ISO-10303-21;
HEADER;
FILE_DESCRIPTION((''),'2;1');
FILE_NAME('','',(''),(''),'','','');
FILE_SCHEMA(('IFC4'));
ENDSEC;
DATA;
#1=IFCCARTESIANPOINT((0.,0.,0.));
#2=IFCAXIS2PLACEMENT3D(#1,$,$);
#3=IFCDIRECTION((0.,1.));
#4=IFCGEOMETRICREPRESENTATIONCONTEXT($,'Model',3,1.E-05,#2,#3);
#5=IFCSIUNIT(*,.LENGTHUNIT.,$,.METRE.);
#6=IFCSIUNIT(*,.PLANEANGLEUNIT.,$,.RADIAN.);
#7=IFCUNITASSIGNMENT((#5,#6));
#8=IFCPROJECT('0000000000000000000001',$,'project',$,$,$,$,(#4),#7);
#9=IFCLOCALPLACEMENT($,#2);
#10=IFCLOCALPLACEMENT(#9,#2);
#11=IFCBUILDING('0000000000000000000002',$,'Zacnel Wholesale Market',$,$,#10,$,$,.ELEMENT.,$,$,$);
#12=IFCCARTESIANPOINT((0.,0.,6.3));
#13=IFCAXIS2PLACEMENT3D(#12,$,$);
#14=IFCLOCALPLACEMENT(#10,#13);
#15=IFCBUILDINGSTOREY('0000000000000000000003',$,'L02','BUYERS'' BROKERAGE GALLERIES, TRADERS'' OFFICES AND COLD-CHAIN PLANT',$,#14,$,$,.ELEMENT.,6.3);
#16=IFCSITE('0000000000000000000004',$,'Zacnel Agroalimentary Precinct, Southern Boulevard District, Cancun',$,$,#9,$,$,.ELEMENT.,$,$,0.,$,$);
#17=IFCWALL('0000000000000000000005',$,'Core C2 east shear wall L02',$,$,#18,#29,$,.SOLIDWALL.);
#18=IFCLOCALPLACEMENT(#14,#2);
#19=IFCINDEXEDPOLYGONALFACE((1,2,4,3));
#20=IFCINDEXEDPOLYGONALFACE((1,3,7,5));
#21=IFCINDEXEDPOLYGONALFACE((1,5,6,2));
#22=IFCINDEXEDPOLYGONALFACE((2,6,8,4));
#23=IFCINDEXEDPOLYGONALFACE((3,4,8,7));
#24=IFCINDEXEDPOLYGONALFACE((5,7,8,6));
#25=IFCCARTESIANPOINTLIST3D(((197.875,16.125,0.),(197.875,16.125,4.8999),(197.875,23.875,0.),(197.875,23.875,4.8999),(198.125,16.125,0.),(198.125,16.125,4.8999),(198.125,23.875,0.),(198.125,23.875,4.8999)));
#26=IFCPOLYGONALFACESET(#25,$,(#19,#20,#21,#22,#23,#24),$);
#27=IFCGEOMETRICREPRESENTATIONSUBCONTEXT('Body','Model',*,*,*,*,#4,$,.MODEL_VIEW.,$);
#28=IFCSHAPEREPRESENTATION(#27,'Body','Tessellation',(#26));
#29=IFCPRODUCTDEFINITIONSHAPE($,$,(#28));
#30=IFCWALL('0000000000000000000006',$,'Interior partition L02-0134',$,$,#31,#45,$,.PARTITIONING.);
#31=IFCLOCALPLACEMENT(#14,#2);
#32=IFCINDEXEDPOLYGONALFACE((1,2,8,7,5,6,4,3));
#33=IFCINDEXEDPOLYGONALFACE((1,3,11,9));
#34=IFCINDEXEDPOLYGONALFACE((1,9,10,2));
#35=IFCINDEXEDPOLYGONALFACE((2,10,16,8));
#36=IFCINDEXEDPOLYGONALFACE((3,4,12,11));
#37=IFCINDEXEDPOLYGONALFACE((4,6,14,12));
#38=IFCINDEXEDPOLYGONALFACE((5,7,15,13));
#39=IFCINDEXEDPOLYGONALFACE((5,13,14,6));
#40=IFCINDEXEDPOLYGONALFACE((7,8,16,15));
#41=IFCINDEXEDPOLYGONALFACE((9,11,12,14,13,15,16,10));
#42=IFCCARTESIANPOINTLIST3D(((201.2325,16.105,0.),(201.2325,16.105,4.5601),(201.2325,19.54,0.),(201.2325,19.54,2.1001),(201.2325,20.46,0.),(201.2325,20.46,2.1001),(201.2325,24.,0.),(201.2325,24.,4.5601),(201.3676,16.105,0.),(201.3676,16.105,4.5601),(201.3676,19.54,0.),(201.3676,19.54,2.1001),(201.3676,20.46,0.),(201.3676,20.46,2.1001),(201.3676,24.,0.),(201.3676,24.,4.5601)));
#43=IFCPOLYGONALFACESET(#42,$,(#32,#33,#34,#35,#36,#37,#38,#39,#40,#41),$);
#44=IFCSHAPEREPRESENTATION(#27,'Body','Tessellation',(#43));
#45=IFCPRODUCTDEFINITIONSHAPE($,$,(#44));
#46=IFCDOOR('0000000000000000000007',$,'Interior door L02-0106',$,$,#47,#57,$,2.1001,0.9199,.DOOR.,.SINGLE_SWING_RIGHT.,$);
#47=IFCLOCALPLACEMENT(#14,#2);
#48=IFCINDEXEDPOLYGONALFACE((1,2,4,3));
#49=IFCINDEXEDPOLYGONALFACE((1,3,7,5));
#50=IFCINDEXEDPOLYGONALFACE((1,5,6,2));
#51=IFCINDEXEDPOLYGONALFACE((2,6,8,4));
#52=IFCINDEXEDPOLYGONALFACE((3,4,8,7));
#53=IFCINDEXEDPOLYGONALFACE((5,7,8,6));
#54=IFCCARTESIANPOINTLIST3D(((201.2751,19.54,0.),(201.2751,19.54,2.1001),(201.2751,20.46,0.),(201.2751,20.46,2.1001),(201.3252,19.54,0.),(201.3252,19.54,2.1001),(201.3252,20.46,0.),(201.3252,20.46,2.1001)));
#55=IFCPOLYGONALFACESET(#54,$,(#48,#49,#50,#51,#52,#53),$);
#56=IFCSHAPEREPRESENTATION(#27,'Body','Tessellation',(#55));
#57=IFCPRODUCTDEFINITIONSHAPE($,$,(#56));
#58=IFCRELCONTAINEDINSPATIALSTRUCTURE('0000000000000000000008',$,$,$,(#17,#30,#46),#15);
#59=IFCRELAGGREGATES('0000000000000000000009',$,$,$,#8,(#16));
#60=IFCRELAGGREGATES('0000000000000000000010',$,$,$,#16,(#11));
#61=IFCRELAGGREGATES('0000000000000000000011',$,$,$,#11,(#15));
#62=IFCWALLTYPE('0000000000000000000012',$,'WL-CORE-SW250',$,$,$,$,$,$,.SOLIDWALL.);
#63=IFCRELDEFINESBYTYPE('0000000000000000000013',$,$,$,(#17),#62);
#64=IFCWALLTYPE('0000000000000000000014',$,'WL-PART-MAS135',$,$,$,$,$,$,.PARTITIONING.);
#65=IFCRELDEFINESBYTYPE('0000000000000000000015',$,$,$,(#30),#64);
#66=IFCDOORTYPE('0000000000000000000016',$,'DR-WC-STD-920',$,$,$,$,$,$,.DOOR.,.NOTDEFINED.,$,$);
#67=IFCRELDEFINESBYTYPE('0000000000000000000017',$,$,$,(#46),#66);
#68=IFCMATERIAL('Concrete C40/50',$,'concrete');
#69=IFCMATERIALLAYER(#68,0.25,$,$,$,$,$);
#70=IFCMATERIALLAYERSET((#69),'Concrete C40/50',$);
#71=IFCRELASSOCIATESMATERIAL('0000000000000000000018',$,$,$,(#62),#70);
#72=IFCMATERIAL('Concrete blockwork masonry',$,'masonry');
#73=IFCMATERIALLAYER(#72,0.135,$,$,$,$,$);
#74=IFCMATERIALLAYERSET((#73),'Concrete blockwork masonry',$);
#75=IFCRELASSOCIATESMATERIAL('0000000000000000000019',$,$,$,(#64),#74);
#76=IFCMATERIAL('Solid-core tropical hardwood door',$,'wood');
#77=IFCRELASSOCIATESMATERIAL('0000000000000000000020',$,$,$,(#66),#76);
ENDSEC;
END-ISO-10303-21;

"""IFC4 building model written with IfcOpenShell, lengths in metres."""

from ifc_helpers import new_model, si_unit, direction, frame, frame_2d, origin, place, context, subcontext, project, spatial, rectangle, extrude, material, layer, layer_set, type_object, element, fill, save


model = new_model("IFC4")

# Units and contexts
model_context = context("Model", 3, precision=1e-05, world=origin(), true_north=direction((0.0, 1.0)))
body_context = subcontext(model_context, "Body", "Model", "MODEL_VIEW")
ifc_project = project(units=[si_unit("LENGTHUNIT", "METRE"), si_unit("PLANEANGLEUNIT", "RADIAN")], contexts=[model_context])

# Site, building, storey
site_placement = place(None, origin())
site = spatial("IfcSite", under=ifc_project, at=site_placement, Name="Zacnel Agroalimentary Precinct, Southern Boulevard District, Cancun", CompositionType="ELEMENT", RefElevation=0.0)
building_placement = place(site_placement, origin())
building = spatial("IfcBuilding", under=site, at=building_placement, Name="Zacnel Wholesale Market", CompositionType="ELEMENT")
storey_placement = place(building_placement, frame((0.0, 0.0, 6.3)))
storey = spatial("IfcBuildingStorey", under=building, at=storey_placement, Name="L02", Description="BUYERS' BROKERAGE GALLERIES, TRADERS' OFFICES AND COLD-CHAIN PLANT", CompositionType="ELEMENT", Elevation=6.3)

# Wall
ifc_material_1 = material(Name="Concrete C40/50", Category="concrete")
ifc_layer_1 = layer(ifc_material_1, 0.25)
ifc_layer_set_1 = layer_set([ifc_layer_1], Name="Concrete C40/50")
wall_type_1 = type_object("IfcWallType", Name="WL-CORE-SW250", PredefinedType="SOLIDWALL", material=ifc_layer_set_1)
wall_1_placement = place(storey_placement, frame((198.0, 16.125, 0.0), z_axis=(0.0, 0.0, 1.0), x_axis=(0.0, 1.0, 0.0)))
element("IfcWall", 1, at=wall_1_placement, inside=storey, type_object=wall_type_1, Name="Core C2 east shear wall L02", PredefinedType="SOLIDWALL", context=body_context, shape_type="SweptSolid", body=[
    extrude(rectangle(XDim=7.75, YDim=0.25, at=frame_2d((3.875, 0.0))), origin(), (0.0, 0.0, 1.0), 4.8999),
])

# Wall, opening, door
ifc_material_2 = material(Name="Concrete blockwork masonry", Category="masonry")
ifc_layer_2 = layer(ifc_material_2, 0.135)
ifc_layer_set_2 = layer_set([ifc_layer_2], Name="Concrete blockwork masonry")
wall_type_2 = type_object("IfcWallType", Name="WL-PART-MAS135", PredefinedType="PARTITIONING", material=ifc_layer_set_2)
wall_2_placement = place(storey_placement, frame((201.3, 16.105, 0.0), z_axis=(0.0, 0.0, 1.0), x_axis=(0.0, 1.0, 0.0)))
wall_2 = element("IfcWall", 2, at=wall_2_placement, inside=storey, type_object=wall_type_2, Name="Interior partition L02-0134", PredefinedType="PARTITIONING", context=body_context, shape_type="SweptSolid", body=[
    extrude(rectangle(XDim=7.895, YDim=0.135, at=frame_2d((3.9475, 0.0))), origin(), (0.0, 0.0, 1.0), 4.5601),
])
opening_1_placement = place(wall_2_placement, frame((3.4351, 0.0, 0.0)))
opening_1 = element("IfcOpeningElement", 3, at=opening_1_placement, cuts=wall_2, PredefinedType="OPENING", context=body_context, shape_type="SweptSolid", body=[
    extrude(rectangle(XDim=0.9199, YDim=2.1001, at=frame_2d((0.46, 1.05))), frame((0.0, 0.0774, 0.0), z_axis=(0.0, -1.0, 0.0), x_axis=(1.0, 0.0, 0.0)), (0.0, 0.0, 1.0), 0.155),
])
ifc_material_3 = material(Name="Solid-core tropical hardwood door", Category="wood")
door_type_1 = type_object("IfcDoorType", Name="DR-WC-STD-920", OperationType="NOTDEFINED", PredefinedType="DOOR", material=ifc_material_3)
door_1_placement = place(opening_1_placement, origin())
door_1 = element("IfcDoor", 4, at=door_1_placement, inside=storey, type_object=door_type_1, Name="Interior door L02-0106", OperationType="SINGLE_SWING_RIGHT", OverallHeight=2.1001, OverallWidth=0.9199, PredefinedType="DOOR", context=body_context, shape_type="SweptSolid", body=[
    extrude(rectangle(XDim=0.9199, YDim=2.1001, at=frame_2d((0.46, 1.05))), frame((0.0, 0.0249, 0.0), z_axis=(0.0, -1.0, 0.0), x_axis=(1.0, 0.0, 0.0)), (0.0, 0.0, 1.0), 0.05),
])
fill(opening_1, door_1)

save(model, "model.ifc")
